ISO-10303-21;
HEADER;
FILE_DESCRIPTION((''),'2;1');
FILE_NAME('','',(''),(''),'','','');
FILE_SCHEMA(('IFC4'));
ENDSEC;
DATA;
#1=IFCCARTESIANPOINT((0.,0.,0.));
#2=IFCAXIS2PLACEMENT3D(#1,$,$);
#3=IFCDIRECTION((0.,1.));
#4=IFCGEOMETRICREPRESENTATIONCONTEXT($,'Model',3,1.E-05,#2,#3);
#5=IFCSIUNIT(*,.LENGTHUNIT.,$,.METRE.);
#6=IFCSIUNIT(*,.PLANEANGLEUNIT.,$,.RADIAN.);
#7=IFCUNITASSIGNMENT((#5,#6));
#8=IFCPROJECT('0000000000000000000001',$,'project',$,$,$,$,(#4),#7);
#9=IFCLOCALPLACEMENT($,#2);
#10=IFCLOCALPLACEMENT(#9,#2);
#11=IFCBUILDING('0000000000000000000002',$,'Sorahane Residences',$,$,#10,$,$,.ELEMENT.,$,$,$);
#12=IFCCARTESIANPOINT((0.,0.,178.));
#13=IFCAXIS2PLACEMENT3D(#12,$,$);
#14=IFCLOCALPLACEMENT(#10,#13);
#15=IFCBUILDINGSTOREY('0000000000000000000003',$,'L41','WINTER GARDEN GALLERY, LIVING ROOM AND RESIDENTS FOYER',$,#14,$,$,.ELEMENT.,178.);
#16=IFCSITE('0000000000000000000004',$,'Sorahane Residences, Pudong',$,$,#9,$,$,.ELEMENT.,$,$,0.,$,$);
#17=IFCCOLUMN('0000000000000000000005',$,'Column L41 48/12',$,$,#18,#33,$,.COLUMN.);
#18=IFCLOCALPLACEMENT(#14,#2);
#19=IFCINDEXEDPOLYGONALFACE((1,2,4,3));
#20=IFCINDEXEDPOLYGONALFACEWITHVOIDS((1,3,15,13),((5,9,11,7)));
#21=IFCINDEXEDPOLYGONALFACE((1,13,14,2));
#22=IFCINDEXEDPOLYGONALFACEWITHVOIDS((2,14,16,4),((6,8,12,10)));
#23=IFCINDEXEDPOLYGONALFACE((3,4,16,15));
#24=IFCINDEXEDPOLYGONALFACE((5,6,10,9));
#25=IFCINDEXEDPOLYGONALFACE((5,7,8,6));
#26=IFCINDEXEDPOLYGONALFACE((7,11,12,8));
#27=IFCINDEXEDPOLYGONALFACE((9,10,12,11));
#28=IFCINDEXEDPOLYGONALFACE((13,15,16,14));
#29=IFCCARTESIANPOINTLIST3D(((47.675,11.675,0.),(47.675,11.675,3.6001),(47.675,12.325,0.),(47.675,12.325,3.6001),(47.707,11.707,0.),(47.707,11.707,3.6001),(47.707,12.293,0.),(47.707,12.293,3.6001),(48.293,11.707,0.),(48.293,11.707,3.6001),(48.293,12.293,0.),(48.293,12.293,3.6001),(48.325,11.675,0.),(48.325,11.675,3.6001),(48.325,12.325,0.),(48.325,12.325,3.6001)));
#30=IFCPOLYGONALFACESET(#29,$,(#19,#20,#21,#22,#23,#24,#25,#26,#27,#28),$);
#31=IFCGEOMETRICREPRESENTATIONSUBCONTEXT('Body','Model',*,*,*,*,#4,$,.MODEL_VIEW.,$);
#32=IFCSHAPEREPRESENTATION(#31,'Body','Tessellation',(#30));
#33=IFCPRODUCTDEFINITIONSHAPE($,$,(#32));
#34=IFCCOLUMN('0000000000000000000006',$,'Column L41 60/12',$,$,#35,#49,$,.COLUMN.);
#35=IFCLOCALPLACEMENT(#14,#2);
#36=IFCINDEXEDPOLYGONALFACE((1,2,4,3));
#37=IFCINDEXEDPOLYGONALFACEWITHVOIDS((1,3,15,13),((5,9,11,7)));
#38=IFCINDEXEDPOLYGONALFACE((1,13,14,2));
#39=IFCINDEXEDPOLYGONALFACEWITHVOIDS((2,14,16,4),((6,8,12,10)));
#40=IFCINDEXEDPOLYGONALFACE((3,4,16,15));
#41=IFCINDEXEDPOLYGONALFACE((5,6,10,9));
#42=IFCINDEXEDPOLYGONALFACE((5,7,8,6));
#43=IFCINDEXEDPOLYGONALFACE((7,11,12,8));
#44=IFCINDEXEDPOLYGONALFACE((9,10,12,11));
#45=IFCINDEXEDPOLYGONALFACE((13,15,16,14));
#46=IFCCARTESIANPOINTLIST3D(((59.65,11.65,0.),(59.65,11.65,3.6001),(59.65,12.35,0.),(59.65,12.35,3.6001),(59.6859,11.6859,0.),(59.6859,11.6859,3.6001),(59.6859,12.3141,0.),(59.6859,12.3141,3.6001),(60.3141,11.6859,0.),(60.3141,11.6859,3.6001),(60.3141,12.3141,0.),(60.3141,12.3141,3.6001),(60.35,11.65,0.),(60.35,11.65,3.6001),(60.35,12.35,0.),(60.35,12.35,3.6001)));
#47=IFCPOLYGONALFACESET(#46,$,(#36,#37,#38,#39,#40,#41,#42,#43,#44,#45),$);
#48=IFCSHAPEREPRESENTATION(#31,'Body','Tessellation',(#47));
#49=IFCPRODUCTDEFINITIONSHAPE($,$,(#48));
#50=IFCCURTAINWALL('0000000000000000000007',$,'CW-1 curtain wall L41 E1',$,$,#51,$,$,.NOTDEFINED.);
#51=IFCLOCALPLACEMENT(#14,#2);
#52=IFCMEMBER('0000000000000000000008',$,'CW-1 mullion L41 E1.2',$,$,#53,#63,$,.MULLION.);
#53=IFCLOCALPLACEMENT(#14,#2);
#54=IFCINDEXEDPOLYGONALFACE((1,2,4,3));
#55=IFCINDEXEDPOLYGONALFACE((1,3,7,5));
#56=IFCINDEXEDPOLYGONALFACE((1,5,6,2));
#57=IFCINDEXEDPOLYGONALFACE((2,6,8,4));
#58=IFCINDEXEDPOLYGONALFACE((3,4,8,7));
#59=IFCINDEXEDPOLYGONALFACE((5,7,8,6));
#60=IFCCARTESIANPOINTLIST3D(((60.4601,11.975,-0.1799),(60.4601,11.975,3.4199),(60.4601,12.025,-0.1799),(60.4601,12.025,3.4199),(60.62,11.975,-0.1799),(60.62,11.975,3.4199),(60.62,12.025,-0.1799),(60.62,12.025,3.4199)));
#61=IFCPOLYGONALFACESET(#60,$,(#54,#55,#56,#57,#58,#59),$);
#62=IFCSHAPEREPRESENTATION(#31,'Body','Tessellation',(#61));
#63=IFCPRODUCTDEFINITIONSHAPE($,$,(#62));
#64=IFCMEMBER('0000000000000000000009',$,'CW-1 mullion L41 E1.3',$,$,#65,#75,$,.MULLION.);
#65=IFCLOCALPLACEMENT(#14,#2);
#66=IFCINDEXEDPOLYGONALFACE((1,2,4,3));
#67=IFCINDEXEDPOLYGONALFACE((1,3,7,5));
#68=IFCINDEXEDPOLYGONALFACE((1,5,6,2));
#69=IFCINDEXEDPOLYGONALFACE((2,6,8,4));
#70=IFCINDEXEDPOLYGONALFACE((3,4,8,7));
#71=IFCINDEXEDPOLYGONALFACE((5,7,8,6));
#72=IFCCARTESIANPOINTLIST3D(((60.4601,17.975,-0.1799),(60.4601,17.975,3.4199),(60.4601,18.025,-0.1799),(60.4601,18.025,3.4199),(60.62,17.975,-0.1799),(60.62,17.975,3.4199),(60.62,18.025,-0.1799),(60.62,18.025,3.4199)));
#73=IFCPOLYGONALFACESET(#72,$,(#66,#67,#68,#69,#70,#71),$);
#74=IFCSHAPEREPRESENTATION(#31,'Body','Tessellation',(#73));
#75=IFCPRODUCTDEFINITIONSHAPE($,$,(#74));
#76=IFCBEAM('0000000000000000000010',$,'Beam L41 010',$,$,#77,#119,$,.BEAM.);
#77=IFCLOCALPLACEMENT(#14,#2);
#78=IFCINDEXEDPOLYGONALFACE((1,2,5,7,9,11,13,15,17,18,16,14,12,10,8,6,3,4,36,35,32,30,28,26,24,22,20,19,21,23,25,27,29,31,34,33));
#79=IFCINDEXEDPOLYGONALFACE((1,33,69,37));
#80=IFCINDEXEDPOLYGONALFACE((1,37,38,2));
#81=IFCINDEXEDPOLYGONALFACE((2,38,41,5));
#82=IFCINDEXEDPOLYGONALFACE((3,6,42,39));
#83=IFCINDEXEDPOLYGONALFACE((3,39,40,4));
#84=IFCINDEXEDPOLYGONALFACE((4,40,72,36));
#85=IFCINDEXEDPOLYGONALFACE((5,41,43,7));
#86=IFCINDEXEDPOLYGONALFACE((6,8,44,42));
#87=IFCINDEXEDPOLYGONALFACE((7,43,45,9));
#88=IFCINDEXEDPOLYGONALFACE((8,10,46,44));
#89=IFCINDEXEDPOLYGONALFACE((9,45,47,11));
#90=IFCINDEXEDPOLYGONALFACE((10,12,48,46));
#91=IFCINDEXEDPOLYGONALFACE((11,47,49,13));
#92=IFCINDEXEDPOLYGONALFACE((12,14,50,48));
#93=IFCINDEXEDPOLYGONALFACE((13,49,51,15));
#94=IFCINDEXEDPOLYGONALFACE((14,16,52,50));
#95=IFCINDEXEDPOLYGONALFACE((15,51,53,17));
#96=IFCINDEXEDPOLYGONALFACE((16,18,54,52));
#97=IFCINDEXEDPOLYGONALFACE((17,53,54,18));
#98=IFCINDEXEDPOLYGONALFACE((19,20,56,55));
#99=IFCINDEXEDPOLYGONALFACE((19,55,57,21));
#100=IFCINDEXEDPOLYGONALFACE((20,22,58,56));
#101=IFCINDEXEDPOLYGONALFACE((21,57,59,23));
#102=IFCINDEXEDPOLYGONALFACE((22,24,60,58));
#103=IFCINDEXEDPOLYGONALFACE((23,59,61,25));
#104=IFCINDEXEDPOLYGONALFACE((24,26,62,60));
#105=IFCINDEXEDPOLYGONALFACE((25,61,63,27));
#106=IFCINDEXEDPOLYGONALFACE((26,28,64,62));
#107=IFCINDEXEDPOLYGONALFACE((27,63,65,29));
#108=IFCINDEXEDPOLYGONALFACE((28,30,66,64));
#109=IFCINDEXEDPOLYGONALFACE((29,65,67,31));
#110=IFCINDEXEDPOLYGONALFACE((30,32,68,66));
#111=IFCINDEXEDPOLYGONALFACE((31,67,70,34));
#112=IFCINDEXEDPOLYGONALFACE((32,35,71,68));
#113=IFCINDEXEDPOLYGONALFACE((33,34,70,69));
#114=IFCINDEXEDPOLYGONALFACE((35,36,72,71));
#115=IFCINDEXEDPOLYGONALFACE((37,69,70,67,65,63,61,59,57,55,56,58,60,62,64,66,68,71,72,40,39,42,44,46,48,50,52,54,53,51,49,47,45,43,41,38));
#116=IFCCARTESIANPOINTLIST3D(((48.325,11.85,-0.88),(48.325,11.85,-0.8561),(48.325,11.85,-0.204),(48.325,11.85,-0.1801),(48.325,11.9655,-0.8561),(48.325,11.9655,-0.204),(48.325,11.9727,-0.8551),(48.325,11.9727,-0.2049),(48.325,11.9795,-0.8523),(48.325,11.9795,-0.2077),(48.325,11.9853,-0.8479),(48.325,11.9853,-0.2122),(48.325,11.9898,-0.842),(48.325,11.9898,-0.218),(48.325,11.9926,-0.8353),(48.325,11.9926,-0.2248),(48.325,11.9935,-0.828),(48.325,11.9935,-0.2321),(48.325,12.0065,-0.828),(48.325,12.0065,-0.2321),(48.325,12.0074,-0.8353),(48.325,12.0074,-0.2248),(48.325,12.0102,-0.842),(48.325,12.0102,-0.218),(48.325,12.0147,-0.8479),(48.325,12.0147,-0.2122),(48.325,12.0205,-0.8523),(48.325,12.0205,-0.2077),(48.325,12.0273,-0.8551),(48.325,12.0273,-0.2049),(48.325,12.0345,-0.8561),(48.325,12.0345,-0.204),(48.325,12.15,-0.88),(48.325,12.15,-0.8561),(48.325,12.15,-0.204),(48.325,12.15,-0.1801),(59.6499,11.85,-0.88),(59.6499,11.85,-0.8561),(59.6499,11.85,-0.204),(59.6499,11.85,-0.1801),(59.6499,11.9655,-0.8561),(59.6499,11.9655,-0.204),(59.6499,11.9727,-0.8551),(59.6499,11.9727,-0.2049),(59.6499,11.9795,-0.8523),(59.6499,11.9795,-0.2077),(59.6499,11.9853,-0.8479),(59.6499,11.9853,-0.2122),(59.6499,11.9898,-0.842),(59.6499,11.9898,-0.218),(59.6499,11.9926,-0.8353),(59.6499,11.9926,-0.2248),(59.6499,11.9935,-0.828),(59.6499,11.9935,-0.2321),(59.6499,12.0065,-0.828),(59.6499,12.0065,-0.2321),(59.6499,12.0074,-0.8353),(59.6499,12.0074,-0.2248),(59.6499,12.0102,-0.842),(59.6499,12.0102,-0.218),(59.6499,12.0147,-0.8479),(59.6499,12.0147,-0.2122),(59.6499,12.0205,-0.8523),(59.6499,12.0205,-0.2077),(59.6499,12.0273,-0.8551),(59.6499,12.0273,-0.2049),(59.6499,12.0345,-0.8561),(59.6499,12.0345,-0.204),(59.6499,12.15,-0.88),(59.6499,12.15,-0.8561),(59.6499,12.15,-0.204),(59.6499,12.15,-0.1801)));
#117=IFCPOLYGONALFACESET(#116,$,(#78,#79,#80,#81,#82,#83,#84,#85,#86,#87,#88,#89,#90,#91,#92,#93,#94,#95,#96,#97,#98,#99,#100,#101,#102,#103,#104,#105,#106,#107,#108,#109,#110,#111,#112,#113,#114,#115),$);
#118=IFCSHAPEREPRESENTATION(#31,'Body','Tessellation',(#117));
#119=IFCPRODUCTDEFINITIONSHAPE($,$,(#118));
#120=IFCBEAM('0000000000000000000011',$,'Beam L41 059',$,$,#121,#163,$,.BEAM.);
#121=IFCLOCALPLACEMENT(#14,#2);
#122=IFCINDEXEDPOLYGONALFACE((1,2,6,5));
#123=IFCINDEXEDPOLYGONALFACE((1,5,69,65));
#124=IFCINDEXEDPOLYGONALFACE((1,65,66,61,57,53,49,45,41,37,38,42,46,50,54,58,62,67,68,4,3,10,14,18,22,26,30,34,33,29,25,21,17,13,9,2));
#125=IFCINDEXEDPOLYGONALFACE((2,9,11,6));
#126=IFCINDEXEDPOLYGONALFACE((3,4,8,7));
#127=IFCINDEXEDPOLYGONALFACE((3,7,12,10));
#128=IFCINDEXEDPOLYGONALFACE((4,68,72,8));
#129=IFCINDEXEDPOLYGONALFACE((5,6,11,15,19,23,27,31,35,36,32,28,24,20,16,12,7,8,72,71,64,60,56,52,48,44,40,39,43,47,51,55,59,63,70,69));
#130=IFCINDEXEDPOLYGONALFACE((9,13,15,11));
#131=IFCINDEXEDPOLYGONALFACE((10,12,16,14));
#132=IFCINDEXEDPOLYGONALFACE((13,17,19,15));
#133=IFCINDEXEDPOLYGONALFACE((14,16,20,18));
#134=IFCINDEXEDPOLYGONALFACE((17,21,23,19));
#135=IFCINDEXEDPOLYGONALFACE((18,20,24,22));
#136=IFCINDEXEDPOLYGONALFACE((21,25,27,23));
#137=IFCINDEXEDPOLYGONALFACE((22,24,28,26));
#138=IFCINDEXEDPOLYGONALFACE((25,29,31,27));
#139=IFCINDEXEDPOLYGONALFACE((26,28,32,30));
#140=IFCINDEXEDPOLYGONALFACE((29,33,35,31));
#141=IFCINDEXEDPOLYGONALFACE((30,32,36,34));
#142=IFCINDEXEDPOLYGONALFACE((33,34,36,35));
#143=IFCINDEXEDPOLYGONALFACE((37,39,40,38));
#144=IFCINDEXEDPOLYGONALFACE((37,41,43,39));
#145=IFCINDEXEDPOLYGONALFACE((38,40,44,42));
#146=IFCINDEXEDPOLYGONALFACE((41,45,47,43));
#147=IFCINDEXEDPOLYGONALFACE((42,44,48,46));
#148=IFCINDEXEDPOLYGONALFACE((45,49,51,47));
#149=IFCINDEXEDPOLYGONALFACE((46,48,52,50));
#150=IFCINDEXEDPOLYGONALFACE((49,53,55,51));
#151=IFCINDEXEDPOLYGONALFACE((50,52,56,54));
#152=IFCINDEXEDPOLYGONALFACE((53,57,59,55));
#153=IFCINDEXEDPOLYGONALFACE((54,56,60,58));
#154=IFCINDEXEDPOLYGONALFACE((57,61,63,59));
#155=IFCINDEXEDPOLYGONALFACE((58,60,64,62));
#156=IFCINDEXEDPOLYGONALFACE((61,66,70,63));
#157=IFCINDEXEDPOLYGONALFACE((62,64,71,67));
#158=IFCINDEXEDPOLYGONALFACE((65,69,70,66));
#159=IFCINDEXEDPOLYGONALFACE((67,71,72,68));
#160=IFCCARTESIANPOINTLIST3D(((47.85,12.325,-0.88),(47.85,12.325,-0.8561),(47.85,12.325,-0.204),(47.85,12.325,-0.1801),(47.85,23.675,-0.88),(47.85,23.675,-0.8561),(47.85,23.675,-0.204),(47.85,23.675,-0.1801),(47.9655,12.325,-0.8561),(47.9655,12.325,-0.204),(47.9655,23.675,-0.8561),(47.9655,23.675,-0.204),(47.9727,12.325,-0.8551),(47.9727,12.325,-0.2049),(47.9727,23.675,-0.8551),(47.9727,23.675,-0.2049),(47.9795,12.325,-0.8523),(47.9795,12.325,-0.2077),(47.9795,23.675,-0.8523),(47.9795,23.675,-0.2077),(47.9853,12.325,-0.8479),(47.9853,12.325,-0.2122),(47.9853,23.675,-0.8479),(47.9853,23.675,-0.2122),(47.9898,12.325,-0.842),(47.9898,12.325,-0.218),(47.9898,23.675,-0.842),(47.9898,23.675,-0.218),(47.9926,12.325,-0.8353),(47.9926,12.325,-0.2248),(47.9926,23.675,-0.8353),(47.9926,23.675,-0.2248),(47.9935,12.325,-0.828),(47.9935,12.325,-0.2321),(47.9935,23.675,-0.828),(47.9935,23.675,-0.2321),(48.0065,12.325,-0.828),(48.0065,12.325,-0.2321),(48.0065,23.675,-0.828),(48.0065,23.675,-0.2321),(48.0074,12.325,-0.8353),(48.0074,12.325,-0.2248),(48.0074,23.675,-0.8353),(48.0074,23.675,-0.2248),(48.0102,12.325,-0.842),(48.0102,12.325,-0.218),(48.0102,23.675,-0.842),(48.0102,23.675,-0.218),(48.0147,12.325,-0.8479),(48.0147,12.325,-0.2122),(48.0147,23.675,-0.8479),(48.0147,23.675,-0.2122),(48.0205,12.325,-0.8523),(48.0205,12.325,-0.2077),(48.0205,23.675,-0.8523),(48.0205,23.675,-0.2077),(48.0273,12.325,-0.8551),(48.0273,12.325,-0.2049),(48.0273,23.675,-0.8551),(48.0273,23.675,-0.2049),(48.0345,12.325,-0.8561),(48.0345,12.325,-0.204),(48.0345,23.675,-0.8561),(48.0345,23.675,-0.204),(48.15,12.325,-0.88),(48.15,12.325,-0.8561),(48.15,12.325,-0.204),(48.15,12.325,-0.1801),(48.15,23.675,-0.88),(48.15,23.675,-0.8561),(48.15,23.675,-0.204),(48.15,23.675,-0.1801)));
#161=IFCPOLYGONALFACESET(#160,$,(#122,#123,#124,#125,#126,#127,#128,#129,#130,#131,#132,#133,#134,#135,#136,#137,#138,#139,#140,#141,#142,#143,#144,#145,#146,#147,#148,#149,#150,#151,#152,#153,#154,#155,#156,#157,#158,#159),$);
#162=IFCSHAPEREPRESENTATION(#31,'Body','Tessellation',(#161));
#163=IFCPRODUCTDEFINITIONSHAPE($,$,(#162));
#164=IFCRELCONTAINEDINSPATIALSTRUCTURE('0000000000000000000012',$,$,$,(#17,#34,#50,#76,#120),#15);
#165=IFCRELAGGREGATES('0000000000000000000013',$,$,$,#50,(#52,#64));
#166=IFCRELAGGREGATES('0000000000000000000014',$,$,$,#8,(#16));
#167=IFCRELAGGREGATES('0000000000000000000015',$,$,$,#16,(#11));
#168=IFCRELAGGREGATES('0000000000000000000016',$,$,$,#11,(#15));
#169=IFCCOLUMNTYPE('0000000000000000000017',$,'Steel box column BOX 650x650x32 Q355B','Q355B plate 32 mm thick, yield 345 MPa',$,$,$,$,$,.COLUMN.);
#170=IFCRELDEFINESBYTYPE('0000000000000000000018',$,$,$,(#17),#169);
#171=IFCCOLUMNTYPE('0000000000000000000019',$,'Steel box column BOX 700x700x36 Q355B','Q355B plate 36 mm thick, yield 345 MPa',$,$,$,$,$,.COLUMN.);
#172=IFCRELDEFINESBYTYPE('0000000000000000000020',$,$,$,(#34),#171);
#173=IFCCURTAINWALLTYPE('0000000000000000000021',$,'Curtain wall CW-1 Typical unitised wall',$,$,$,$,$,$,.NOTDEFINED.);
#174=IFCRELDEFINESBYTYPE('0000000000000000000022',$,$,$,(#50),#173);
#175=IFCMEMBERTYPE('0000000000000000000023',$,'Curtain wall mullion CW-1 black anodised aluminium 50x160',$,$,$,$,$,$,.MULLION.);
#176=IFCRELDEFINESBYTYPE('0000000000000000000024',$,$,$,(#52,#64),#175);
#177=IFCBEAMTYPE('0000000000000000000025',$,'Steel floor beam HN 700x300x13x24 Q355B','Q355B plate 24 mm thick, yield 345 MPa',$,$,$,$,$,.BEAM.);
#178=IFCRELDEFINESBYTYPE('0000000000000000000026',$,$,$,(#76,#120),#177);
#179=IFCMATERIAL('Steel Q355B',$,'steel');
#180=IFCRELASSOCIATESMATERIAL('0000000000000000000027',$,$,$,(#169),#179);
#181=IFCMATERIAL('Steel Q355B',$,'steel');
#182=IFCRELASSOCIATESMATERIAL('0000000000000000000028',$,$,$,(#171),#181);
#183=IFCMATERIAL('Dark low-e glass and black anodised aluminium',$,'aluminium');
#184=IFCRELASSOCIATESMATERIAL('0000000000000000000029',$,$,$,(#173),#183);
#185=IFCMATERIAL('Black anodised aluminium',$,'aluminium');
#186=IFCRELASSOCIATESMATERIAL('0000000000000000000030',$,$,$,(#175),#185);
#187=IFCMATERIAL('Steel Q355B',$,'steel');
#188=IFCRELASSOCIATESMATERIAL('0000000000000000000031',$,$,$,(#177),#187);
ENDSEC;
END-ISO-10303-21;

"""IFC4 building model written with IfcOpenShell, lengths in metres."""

from ifc_helpers import new_model, si_unit, direction, frame, origin, origin_2d, place, context, subcontext, project, spatial, rectangle, hollow_rectangle, i_section, extrude, material, material_profile, profile_set, type_object, element, aggregate, save


model = new_model("IFC4")

# Units and contexts
model_context = context("Model", 3, precision=1e-05, world=origin(), true_north=direction((0.0, 1.0)))
body_context = subcontext(model_context, "Body", "Model", "MODEL_VIEW")
ifc_project = project(units=[si_unit("LENGTHUNIT", "METRE"), si_unit("PLANEANGLEUNIT", "RADIAN")], contexts=[model_context])

# Site, building, storey
site_placement = place(None, origin())
site = spatial("IfcSite", under=ifc_project, at=site_placement, Name="Sorahane Residences, Pudong", CompositionType="ELEMENT", RefElevation=0.0)
building_placement = place(site_placement, origin())
building = spatial("IfcBuilding", under=site, at=building_placement, Name="Sorahane Residences", CompositionType="ELEMENT")
storey_placement = place(building_placement, frame((0.0, 0.0, 178.0)))
storey = spatial("IfcBuildingStorey", under=building, at=storey_placement, Name="L41", Description="WINTER GARDEN GALLERY, LIVING ROOM AND RESIDENTS FOYER", CompositionType="ELEMENT", Elevation=178.0)

# Columns
ifc_material_1 = material(Name="Steel Q355B", Category="steel")
ifc_material_profile_1 = material_profile(ifc_material_1, hollow_rectangle(XDim=0.6499, YDim=0.6499, WallThickness=0.032, at=origin_2d()), Name="BOX 650x650x32")
ifc_profile_set_1 = profile_set([ifc_material_profile_1], Name="Steel Q355B")
column_type_1 = type_object("IfcColumnType", Name="Steel box column BOX 650x650x32 Q355B", Description="Q355B plate 32 mm thick, yield 345 MPa", PredefinedType="COLUMN", material=ifc_profile_set_1)
column_1_placement = place(storey_placement, frame((48.0, 12.0, 0.0), z_axis=(0.0, 0.0, 1.0), x_axis=(1.0, 0.0, 0.0)))
element("IfcColumn", 1, at=column_1_placement, inside=storey, type_object=column_type_1, Name="Column L41 48/12", PredefinedType="COLUMN", context=body_context, shape_type="SweptSolid", body=[
    extrude(hollow_rectangle(XDim=0.6499, YDim=0.6499, WallThickness=0.032, at=origin_2d()), origin(), (0.0, 0.0, 1.0), 3.6001),
])
ifc_material_2 = material(Name="Steel Q355B", Category="steel")
ifc_material_profile_2 = material_profile(ifc_material_2, hollow_rectangle(XDim=0.7, YDim=0.7, WallThickness=0.0359, at=origin_2d()), Name="BOX 700x700x36")
ifc_profile_set_2 = profile_set([ifc_material_profile_2], Name="Steel Q355B")
column_type_2 = type_object("IfcColumnType", Name="Steel box column BOX 700x700x36 Q355B", Description="Q355B plate 36 mm thick, yield 345 MPa", PredefinedType="COLUMN", material=ifc_profile_set_2)
column_2_placement = place(storey_placement, frame((60.0, 12.0, 0.0), z_axis=(0.0, 0.0, 1.0), x_axis=(1.0, 0.0, 0.0)))
element("IfcColumn", 2, at=column_2_placement, inside=storey, type_object=column_type_2, Name="Column L41 60/12", PredefinedType="COLUMN", context=body_context, shape_type="SweptSolid", body=[
    extrude(hollow_rectangle(XDim=0.7, YDim=0.7, WallThickness=0.0359, at=origin_2d()), origin(), (0.0, 0.0, 1.0), 3.6001),
])

# Curtain wall, members
ifc_material_3 = material(Name="Dark low-e glass and black anodised aluminium", Category="aluminium")
curtain_wall_type = type_object("IfcCurtainWallType", Name="Curtain wall CW-1 Typical unitised wall", PredefinedType="NOTDEFINED", material=ifc_material_3)
curtain_wall_placement = place(storey_placement, origin())
curtain_wall = element("IfcCurtainWall", 3, at=curtain_wall_placement, inside=storey, type_object=curtain_wall_type, Name="CW-1 curtain wall L41 E1", PredefinedType="NOTDEFINED")
ifc_material_4 = material(Name="Black anodised aluminium", Category="aluminium")
ifc_material_profile_3 = material_profile(ifc_material_4, rectangle(XDim=0.1599, YDim=0.05, at=origin_2d()), Name="Curtain wall mullion CW-1 black anodised aluminium 50x160")
ifc_profile_set_3 = profile_set([ifc_material_profile_3], Name="Black anodised aluminium")
member_type = type_object("IfcMemberType", Name="Curtain wall mullion CW-1 black anodised aluminium 50x160", PredefinedType="MULLION", material=ifc_profile_set_3)
member_1_placement = place(storey_placement, frame((60.54, 12.0, -0.1799), z_axis=(0.0, 0.0, 1.0), x_axis=(1.0, 0.0, 0.0)))
member_1 = element("IfcMember", 4, at=member_1_placement, type_object=member_type, Name="CW-1 mullion L41 E1.2", PredefinedType="MULLION", context=body_context, shape_type="SweptSolid", body=[
    extrude(rectangle(XDim=0.1599, YDim=0.05, at=origin_2d()), origin(), (0.0, 0.0, 1.0), 3.5999),
])
member_2_placement = place(storey_placement, frame((60.54, 18.0, -0.1799), z_axis=(0.0, 0.0, 1.0), x_axis=(1.0, 0.0, 0.0)))
member_2 = element("IfcMember", 5, at=member_2_placement, type_object=member_type, Name="CW-1 mullion L41 E1.3", PredefinedType="MULLION", context=body_context, shape_type="SweptSolid", body=[
    extrude(rectangle(XDim=0.1599, YDim=0.05, at=origin_2d()), origin(), (0.0, 0.0, 1.0), 3.5999),
])

# Beams
ifc_material_5 = material(Name="Steel Q355B", Category="steel")
ifc_material_profile_4 = material_profile(ifc_material_5, i_section(OverallWidth=0.3, OverallDepth=0.7, WebThickness=0.0129, FlangeThickness=0.0239, FilletRadius=0.0281, at=origin_2d()), Name="HN 700x300x13x24")
ifc_profile_set_4 = profile_set([ifc_material_profile_4], Name="Steel Q355B")
beam_type = type_object("IfcBeamType", Name="Steel floor beam HN 700x300x13x24 Q355B", Description="Q355B plate 24 mm thick, yield 345 MPa", PredefinedType="BEAM", material=ifc_profile_set_4)
beam_1_placement = place(storey_placement, frame((48.325, 12.0, -0.53), z_axis=(1.0, 0.0, 0.0), x_axis=(0.0, 1.0, 0.0)))
element("IfcBeam", 6, at=beam_1_placement, inside=storey, type_object=beam_type, Name="Beam L41 010", PredefinedType="BEAM", context=body_context, shape_type="SweptSolid", body=[
    extrude(i_section(OverallWidth=0.3, OverallDepth=0.7, WebThickness=0.0129, FlangeThickness=0.0239, FilletRadius=0.0281, at=origin_2d()), origin(), (0.0, 0.0, 1.0), 11.325),
])
beam_2_placement = place(storey_placement, frame((48.0, 12.325, -0.53), z_axis=(0.0, 1.0, 0.0), x_axis=(-1.0, 0.0, 0.0)))
element("IfcBeam", 7, at=beam_2_placement, inside=storey, type_object=beam_type, Name="Beam L41 059", PredefinedType="BEAM", context=body_context, shape_type="SweptSolid", body=[
    extrude(i_section(OverallWidth=0.3, OverallDepth=0.7, WebThickness=0.0129, FlangeThickness=0.0239, FilletRadius=0.0281, at=origin_2d()), origin(), (0.0, 0.0, 1.0), 11.3501),
])

aggregate(curtain_wall, [member_1, member_2])

save(model, "model.ifc")
